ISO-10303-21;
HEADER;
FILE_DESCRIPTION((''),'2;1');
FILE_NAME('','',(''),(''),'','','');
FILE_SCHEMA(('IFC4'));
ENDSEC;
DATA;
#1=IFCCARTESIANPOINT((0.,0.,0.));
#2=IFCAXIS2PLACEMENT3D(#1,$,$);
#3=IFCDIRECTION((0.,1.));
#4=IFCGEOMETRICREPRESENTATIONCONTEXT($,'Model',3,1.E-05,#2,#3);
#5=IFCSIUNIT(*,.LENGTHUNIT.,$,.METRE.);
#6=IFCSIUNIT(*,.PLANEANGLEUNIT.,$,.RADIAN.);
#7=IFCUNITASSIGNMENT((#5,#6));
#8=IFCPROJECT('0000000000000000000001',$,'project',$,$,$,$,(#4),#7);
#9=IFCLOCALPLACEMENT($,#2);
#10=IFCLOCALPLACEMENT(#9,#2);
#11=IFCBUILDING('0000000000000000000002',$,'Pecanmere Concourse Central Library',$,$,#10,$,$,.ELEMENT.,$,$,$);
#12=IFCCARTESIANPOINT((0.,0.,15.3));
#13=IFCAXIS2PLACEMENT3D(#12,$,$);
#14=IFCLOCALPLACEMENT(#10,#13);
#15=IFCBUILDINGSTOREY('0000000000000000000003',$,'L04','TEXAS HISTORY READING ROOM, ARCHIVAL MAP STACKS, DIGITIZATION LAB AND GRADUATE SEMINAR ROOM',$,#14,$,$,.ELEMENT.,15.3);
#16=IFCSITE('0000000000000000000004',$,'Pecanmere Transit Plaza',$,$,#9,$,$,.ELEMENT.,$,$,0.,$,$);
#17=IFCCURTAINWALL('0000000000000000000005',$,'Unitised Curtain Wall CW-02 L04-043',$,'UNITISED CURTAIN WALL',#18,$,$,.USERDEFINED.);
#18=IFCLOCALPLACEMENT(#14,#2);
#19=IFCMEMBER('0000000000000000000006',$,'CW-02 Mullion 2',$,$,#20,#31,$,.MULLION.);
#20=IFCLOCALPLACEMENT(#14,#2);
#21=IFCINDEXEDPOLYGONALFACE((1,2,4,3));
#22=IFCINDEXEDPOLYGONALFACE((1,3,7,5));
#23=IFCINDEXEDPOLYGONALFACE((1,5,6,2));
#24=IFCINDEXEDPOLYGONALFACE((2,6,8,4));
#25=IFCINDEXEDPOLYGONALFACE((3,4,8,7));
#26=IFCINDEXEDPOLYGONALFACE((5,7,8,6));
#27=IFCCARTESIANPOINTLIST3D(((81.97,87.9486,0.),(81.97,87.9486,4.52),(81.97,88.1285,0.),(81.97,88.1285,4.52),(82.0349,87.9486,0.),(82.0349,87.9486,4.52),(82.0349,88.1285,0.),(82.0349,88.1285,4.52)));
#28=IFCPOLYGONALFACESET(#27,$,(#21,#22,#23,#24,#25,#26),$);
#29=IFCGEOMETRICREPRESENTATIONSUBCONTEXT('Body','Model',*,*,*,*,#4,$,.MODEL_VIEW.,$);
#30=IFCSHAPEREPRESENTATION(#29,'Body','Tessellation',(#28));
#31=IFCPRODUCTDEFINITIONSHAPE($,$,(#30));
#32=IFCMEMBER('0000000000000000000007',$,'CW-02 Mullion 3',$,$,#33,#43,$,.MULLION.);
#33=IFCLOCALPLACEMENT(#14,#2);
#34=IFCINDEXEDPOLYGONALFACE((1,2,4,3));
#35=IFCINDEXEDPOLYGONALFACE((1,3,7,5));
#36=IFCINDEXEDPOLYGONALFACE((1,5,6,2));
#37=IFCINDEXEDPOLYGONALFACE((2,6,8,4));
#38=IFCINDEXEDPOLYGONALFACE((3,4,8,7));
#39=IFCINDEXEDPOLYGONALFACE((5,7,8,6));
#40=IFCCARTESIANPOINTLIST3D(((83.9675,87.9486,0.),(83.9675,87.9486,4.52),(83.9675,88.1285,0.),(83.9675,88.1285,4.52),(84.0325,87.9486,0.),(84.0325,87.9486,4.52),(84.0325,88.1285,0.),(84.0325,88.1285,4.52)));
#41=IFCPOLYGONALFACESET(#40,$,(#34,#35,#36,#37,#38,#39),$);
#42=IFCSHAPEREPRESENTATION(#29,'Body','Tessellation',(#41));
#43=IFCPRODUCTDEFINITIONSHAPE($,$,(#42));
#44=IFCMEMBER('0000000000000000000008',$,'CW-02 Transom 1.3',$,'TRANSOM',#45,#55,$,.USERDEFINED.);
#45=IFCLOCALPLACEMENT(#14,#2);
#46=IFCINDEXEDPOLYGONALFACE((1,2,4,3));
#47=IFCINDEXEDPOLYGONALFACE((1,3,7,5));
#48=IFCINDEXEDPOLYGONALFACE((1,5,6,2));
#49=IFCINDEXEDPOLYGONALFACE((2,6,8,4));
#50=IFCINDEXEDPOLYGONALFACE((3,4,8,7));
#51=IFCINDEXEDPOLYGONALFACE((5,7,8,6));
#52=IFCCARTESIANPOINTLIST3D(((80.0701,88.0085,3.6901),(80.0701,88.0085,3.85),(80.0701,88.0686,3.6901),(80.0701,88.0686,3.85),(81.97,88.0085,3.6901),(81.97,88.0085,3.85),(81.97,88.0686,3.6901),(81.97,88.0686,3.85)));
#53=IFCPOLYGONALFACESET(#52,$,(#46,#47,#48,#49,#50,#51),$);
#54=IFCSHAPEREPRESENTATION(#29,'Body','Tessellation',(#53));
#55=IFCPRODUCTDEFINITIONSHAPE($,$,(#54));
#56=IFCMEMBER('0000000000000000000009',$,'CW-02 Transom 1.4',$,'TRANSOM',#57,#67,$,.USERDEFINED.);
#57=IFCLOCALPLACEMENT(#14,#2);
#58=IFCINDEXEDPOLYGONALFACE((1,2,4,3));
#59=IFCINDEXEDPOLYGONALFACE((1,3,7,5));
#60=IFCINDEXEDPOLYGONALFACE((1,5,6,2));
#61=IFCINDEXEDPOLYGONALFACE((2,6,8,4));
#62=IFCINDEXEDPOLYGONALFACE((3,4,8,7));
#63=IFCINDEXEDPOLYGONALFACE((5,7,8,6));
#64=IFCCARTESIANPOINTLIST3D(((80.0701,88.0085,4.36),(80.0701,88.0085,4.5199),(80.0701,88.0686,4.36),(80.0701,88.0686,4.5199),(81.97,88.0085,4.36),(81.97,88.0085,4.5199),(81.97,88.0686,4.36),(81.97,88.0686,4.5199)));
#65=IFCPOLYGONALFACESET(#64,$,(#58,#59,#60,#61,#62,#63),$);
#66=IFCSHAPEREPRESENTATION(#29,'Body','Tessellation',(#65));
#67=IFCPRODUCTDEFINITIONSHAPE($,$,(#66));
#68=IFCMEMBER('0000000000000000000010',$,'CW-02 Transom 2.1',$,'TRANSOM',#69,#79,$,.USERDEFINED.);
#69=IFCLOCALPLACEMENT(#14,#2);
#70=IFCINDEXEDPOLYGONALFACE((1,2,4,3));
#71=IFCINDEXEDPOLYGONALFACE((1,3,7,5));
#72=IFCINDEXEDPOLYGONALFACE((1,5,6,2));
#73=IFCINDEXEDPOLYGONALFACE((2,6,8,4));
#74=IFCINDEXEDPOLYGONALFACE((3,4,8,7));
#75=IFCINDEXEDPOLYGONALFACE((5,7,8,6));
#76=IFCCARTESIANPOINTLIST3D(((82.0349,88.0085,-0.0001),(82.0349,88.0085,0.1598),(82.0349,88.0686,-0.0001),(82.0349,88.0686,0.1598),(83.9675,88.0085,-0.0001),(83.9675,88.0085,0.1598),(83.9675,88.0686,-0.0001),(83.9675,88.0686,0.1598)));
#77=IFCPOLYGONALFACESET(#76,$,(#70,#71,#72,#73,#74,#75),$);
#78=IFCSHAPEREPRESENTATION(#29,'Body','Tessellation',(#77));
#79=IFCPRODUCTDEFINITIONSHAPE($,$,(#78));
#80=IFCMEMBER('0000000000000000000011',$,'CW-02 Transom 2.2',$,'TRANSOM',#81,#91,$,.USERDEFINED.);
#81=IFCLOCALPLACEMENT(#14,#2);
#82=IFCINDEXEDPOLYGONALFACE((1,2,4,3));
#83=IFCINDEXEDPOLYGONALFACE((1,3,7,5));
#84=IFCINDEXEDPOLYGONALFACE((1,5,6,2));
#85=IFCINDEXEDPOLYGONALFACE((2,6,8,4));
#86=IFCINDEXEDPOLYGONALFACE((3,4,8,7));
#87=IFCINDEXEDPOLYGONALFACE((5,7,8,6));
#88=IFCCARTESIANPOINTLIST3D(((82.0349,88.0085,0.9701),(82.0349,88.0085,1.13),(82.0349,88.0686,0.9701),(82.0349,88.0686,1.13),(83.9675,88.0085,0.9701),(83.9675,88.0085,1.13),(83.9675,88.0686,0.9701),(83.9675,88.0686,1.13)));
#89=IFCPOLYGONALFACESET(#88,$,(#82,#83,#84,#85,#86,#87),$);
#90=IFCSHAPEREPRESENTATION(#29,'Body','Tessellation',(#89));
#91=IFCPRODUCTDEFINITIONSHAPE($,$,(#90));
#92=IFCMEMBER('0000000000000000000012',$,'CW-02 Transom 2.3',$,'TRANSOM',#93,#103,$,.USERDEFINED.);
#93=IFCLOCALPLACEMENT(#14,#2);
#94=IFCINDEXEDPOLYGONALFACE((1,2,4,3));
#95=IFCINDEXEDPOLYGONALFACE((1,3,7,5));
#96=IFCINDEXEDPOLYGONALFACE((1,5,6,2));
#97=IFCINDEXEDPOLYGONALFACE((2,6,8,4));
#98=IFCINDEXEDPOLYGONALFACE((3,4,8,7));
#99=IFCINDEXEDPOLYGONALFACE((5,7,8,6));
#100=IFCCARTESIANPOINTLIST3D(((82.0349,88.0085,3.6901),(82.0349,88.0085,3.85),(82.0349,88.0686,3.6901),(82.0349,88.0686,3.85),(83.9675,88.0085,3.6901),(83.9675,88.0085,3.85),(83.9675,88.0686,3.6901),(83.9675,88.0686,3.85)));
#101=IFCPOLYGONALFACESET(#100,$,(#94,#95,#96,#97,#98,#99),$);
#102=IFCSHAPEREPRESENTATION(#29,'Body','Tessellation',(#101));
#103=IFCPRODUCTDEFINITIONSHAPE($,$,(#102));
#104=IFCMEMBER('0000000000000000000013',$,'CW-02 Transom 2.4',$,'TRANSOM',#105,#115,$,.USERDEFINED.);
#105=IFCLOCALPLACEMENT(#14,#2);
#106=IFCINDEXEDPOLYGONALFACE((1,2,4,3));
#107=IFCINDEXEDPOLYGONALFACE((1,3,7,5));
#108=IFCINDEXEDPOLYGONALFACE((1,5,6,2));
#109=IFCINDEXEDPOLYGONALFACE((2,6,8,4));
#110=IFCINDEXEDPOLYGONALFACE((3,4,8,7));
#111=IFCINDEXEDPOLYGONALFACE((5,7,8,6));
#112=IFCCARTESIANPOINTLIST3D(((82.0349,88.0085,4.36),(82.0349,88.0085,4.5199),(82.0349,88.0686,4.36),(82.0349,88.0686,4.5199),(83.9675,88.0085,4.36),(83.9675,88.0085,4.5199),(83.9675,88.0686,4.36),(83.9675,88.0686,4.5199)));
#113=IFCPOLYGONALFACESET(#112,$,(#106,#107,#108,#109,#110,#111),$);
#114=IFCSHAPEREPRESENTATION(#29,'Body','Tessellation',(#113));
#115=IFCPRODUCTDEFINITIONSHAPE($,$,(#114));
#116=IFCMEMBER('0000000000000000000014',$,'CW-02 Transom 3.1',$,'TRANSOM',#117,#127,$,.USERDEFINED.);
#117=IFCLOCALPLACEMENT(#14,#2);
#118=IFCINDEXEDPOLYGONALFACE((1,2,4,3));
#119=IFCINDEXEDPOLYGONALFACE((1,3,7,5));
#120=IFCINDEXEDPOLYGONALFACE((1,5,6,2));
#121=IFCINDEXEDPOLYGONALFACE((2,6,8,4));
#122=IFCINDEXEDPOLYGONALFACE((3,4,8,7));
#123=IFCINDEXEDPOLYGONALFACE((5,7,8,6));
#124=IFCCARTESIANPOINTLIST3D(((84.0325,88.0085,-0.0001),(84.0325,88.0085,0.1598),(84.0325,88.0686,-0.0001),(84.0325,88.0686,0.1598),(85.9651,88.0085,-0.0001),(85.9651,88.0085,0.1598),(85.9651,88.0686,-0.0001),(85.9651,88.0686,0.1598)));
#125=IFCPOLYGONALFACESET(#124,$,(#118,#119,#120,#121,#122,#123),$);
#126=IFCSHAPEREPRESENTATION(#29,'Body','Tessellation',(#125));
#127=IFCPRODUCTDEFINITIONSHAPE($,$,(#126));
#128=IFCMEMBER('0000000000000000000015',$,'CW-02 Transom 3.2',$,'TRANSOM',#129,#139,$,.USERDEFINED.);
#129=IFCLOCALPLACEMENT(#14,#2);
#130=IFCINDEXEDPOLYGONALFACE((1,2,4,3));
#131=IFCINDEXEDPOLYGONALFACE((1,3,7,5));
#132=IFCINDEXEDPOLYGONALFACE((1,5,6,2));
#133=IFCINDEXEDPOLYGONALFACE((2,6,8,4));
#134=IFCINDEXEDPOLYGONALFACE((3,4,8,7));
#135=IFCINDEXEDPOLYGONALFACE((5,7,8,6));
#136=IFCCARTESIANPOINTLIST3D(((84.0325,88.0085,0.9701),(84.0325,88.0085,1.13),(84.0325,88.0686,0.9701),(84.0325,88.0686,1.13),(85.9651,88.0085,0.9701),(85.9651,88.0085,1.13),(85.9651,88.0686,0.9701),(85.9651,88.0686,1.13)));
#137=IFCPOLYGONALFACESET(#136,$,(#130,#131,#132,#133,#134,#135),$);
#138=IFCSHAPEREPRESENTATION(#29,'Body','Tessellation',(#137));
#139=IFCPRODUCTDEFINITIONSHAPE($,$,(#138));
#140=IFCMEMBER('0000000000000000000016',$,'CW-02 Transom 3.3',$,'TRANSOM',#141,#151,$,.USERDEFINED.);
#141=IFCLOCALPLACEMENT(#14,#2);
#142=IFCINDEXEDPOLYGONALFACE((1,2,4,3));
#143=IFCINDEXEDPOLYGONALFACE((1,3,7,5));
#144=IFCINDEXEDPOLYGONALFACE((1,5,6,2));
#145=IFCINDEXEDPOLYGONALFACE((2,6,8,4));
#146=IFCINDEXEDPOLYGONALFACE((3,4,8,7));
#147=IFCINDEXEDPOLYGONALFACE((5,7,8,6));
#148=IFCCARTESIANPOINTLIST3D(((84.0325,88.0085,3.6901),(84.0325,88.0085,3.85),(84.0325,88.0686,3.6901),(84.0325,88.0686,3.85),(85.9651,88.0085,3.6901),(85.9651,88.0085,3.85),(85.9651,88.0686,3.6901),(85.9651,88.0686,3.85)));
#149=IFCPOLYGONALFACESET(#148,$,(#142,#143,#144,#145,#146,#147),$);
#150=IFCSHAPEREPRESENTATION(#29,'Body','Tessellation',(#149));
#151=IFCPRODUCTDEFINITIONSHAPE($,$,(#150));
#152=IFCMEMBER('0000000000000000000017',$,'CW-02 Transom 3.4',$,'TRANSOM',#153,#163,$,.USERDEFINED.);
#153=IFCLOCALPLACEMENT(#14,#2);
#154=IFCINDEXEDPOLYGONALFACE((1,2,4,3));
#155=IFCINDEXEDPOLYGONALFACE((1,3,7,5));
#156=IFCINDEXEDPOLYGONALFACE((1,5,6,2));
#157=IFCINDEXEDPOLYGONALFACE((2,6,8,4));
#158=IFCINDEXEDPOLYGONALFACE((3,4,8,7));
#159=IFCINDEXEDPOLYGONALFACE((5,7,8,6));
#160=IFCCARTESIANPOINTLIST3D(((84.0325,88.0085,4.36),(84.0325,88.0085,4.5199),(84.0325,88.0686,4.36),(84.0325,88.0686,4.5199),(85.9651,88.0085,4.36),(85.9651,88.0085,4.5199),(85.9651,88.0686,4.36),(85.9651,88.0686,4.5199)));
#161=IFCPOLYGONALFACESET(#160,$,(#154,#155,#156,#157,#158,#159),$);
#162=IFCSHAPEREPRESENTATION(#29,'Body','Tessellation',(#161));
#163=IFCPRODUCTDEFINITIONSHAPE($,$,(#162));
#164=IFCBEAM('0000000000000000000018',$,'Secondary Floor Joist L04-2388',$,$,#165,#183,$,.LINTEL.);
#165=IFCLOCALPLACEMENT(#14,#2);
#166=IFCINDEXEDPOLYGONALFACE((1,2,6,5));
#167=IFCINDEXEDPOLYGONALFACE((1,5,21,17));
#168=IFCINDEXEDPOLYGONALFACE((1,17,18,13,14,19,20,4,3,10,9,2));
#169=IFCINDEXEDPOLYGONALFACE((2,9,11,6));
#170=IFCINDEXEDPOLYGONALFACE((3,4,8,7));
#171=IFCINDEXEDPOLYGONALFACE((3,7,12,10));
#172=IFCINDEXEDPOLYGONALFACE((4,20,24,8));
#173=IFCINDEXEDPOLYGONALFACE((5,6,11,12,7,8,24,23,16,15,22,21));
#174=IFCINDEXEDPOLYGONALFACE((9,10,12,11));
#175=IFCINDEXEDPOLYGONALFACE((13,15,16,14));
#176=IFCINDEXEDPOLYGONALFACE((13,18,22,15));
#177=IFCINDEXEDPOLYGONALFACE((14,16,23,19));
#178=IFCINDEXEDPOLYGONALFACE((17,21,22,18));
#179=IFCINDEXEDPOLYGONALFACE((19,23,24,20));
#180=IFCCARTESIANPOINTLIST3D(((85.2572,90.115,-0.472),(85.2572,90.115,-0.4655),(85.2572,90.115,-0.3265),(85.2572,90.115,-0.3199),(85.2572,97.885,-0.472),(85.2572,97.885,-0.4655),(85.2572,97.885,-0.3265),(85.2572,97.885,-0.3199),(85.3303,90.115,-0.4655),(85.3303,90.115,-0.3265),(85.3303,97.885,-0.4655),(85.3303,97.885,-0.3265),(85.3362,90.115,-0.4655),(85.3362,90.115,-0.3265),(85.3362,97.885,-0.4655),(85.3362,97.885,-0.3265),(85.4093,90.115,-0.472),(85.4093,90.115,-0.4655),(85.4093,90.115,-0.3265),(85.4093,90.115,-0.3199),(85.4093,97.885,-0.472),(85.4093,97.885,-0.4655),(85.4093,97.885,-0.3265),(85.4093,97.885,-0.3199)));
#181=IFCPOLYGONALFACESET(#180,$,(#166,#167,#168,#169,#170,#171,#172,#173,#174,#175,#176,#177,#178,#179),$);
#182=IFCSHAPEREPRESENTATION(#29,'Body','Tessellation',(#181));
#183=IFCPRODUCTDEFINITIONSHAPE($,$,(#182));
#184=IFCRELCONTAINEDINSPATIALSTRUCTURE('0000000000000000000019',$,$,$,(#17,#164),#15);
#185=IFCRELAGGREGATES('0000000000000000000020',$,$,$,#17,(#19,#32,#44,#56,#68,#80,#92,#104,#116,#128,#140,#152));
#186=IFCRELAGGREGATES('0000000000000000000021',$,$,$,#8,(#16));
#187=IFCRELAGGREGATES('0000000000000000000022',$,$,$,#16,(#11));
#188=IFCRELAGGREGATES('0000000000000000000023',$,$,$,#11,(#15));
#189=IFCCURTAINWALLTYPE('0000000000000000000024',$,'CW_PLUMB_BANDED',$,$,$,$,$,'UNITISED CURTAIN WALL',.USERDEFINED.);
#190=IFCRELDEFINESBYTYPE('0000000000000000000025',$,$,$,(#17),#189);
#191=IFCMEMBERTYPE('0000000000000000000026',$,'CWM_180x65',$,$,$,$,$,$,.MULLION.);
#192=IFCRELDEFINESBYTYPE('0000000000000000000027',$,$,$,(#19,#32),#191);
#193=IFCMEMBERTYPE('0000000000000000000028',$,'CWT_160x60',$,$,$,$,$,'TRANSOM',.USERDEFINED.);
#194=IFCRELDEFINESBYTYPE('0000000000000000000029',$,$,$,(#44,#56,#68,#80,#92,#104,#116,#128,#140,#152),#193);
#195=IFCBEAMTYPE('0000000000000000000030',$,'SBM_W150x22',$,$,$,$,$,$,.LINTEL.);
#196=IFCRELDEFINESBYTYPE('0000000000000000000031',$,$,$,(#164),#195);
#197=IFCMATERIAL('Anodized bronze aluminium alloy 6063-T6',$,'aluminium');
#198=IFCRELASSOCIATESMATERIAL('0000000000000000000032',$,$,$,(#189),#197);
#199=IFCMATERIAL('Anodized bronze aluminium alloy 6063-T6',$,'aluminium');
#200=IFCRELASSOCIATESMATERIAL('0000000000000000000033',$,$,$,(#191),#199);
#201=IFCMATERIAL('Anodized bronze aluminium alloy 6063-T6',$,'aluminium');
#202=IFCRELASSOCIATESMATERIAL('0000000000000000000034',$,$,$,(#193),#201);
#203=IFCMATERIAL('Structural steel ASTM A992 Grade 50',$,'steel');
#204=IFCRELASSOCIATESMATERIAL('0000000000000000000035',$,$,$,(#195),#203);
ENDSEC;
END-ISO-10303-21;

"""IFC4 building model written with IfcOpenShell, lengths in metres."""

from ifc_helpers import new_model, si_unit, direction, frame, origin, origin_2d, place, context, subcontext, project, spatial, rectangle, i_section, extrude, material, material_profile, profile_set, type_object, element, aggregate, save


model = new_model("IFC4")

# Units and contexts
model_context = context("Model", 3, precision=1e-05, world=origin(), true_north=direction((0.0, 1.0)))
body_context = subcontext(model_context, "Body", "Model", "MODEL_VIEW")
ifc_project = project(units=[si_unit("LENGTHUNIT", "METRE"), si_unit("PLANEANGLEUNIT", "RADIAN")], contexts=[model_context])

# Site, building, storey
site_placement = place(None, origin())
site = spatial("IfcSite", under=ifc_project, at=site_placement, Name="Pecanmere Transit Plaza", CompositionType="ELEMENT", RefElevation=0.0)
building_placement = place(site_placement, origin())
building = spatial("IfcBuilding", under=site, at=building_placement, Name="Pecanmere Concourse Central Library", CompositionType="ELEMENT")
storey_placement = place(building_placement, frame((0.0, 0.0, 15.3)))
storey = spatial("IfcBuildingStorey", under=building, at=storey_placement, Name="L04", Description="TEXAS HISTORY READING ROOM, ARCHIVAL MAP STACKS, DIGITIZATION LAB AND GRADUATE SEMINAR ROOM", CompositionType="ELEMENT", Elevation=15.3)

# Curtain wall, members
ifc_material_1 = material(Name="Anodized bronze aluminium alloy 6063-T6", Category="aluminium")
curtain_wall_type = type_object("IfcCurtainWallType", Name="CW_PLUMB_BANDED", ElementType="UNITISED CURTAIN WALL", PredefinedType="USERDEFINED", material=ifc_material_1)
curtain_wall_placement = place(storey_placement, origin())
curtain_wall = element("IfcCurtainWall", 1, at=curtain_wall_placement, inside=storey, type_object=curtain_wall_type, Name="Unitised Curtain Wall CW-02 L04-043", ObjectType="UNITISED CURTAIN WALL", PredefinedType="USERDEFINED")
ifc_material_2 = material(Name="Anodized bronze aluminium alloy 6063-T6", Category="aluminium")
ifc_material_profile_1 = material_profile(ifc_material_2, rectangle(XDim=0.0649, YDim=0.1799, at=origin_2d()), Name="AL 65x180")
ifc_profile_set_1 = profile_set([ifc_material_profile_1], Name="Anodized bronze aluminium alloy 6063-T6")
member_type_1 = type_object("IfcMemberType", Name="CWM_180x65", PredefinedType="MULLION", material=ifc_profile_set_1)
member_1_placement = place(storey_placement, frame((82.0024, 88.0386, 0.0), z_axis=(0.0, 0.0, 1.0), x_axis=(1.0, 0.0, 0.0)))
member_1 = element("IfcMember", 2, at=member_1_placement, type_object=member_type_1, Name="CW-02 Mullion 2", PredefinedType="MULLION", context=body_context, shape_type="SweptSolid", body=[
    extrude(rectangle(XDim=0.0649, YDim=0.1799, at=origin_2d()), origin(), (0.0, 0.0, 1.0), 4.52),
])
member_2_placement = place(storey_placement, frame((84.0, 88.0386, 0.0), z_axis=(0.0, 0.0, 1.0), x_axis=(1.0, 0.0, 0.0)))
member_2 = element("IfcMember", 3, at=member_2_placement, type_object=member_type_1, Name="CW-02 Mullion 3", PredefinedType="MULLION", context=body_context, shape_type="SweptSolid", body=[
    extrude(rectangle(XDim=0.0649, YDim=0.1799, at=origin_2d()), origin(), (0.0, 0.0, 1.0), 4.52),
])
ifc_material_3 = material(Name="Anodized bronze aluminium alloy 6063-T6", Category="aluminium")
ifc_material_profile_2 = material_profile(ifc_material_3, rectangle(XDim=0.0601, YDim=0.1599, at=origin_2d()), Name="AL 60x160")
ifc_profile_set_2 = profile_set([ifc_material_profile_2], Name="Anodized bronze aluminium alloy 6063-T6")
member_type_2 = type_object("IfcMemberType", Name="CWT_160x60", ElementType="TRANSOM", PredefinedType="USERDEFINED", material=ifc_profile_set_2)
member_3_placement = place(storey_placement, frame((80.0701, 88.0386, 3.77), z_axis=(1.0, 0.0, 0.0), x_axis=(0.0, 1.0, 0.0)))
member_3 = element("IfcMember", 4, at=member_3_placement, type_object=member_type_2, Name="CW-02 Transom 1.3", ObjectType="TRANSOM", PredefinedType="USERDEFINED", context=body_context, shape_type="SweptSolid", body=[
    extrude(rectangle(XDim=0.0601, YDim=0.1599, at=origin_2d()), origin(), (0.0, 0.0, 1.0), 1.8999),
])
member_4_placement = place(storey_placement, frame((80.0701, 88.0386, 4.4399), z_axis=(1.0, 0.0, 0.0), x_axis=(0.0, 1.0, 0.0)))
member_4 = element("IfcMember", 5, at=member_4_placement, type_object=member_type_2, Name="CW-02 Transom 1.4", ObjectType="TRANSOM", PredefinedType="USERDEFINED", context=body_context, shape_type="SweptSolid", body=[
    extrude(rectangle(XDim=0.0601, YDim=0.1599, at=origin_2d()), origin(), (0.0, 0.0, 1.0), 1.8999),
])
member_5_placement = place(storey_placement, frame((82.0349, 88.0386, 0.0798), z_axis=(1.0, 0.0, 0.0), x_axis=(0.0, 1.0, 0.0)))
member_5 = element("IfcMember", 6, at=member_5_placement, type_object=member_type_2, Name="CW-02 Transom 2.1", ObjectType="TRANSOM", PredefinedType="USERDEFINED", context=body_context, shape_type="SweptSolid", body=[
    extrude(rectangle(XDim=0.0601, YDim=0.1599, at=origin_2d()), origin(), (0.0, 0.0, 1.0), 1.9326),
])
member_6_placement = place(storey_placement, frame((82.0349, 88.0386, 1.05), z_axis=(1.0, 0.0, 0.0), x_axis=(0.0, 1.0, 0.0)))
member_6 = element("IfcMember", 7, at=member_6_placement, type_object=member_type_2, Name="CW-02 Transom 2.2", ObjectType="TRANSOM", PredefinedType="USERDEFINED", context=body_context, shape_type="SweptSolid", body=[
    extrude(rectangle(XDim=0.0601, YDim=0.1599, at=origin_2d()), origin(), (0.0, 0.0, 1.0), 1.9326),
])
member_7_placement = place(storey_placement, frame((82.0349, 88.0386, 3.77), z_axis=(1.0, 0.0, 0.0), x_axis=(0.0, 1.0, 0.0)))
member_7 = element("IfcMember", 8, at=member_7_placement, type_object=member_type_2, Name="CW-02 Transom 2.3", ObjectType="TRANSOM", PredefinedType="USERDEFINED", context=body_context, shape_type="SweptSolid", body=[
    extrude(rectangle(XDim=0.0601, YDim=0.1599, at=origin_2d()), origin(), (0.0, 0.0, 1.0), 1.9326),
])
member_8_placement = place(storey_placement, frame((82.0349, 88.0386, 4.4399), z_axis=(1.0, 0.0, 0.0), x_axis=(0.0, 1.0, 0.0)))
member_8 = element("IfcMember", 9, at=member_8_placement, type_object=member_type_2, Name="CW-02 Transom 2.4", ObjectType="TRANSOM", PredefinedType="USERDEFINED", context=body_context, shape_type="SweptSolid", body=[
    extrude(rectangle(XDim=0.0601, YDim=0.1599, at=origin_2d()), origin(), (0.0, 0.0, 1.0), 1.9326),
])
member_9_placement = place(storey_placement, frame((84.0325, 88.0386, 0.0798), z_axis=(1.0, 0.0, 0.0), x_axis=(0.0, 1.0, 0.0)))
member_9 = element("IfcMember", 10, at=member_9_placement, type_object=member_type_2, Name="CW-02 Transom 3.1", ObjectType="TRANSOM", PredefinedType="USERDEFINED", context=body_context, shape_type="SweptSolid", body=[
    extrude(rectangle(XDim=0.0601, YDim=0.1599, at=origin_2d()), origin(), (0.0, 0.0, 1.0), 1.9326),
])
member_10_placement = place(storey_placement, frame((84.0325, 88.0386, 1.05), z_axis=(1.0, 0.0, 0.0), x_axis=(0.0, 1.0, 0.0)))
member_10 = element("IfcMember", 11, at=member_10_placement, type_object=member_type_2, Name="CW-02 Transom 3.2", ObjectType="TRANSOM", PredefinedType="USERDEFINED", context=body_context, shape_type="SweptSolid", body=[
    extrude(rectangle(XDim=0.0601, YDim=0.1599, at=origin_2d()), origin(), (0.0, 0.0, 1.0), 1.9326),
])
member_11_placement = place(storey_placement, frame((84.0325, 88.0386, 3.77), z_axis=(1.0, 0.0, 0.0), x_axis=(0.0, 1.0, 0.0)))
member_11 = element("IfcMember", 12, at=member_11_placement, type_object=member_type_2, Name="CW-02 Transom 3.3", ObjectType="TRANSOM", PredefinedType="USERDEFINED", context=body_context, shape_type="SweptSolid", body=[
    extrude(rectangle(XDim=0.0601, YDim=0.1599, at=origin_2d()), origin(), (0.0, 0.0, 1.0), 1.9326),
])
member_12_placement = place(storey_placement, frame((84.0325, 88.0386, 4.4399), z_axis=(1.0, 0.0, 0.0), x_axis=(0.0, 1.0, 0.0)))
member_12 = element("IfcMember", 13, at=member_12_placement, type_object=member_type_2, Name="CW-02 Transom 3.4", ObjectType="TRANSOM", PredefinedType="USERDEFINED", context=body_context, shape_type="SweptSolid", body=[
    extrude(rectangle(XDim=0.0601, YDim=0.1599, at=origin_2d()), origin(), (0.0, 0.0, 1.0), 1.9326),
])

# Beam
ifc_material_4 = material(Name="Structural steel ASTM A992 Grade 50", Category="steel")
ifc_material_profile_3 = material_profile(ifc_material_4, i_section(OverallWidth=0.1521, OverallDepth=0.1521, WebThickness=0.0059, FlangeThickness=0.0066, at=origin_2d()), Name="W150x22.5")
ifc_profile_set_3 = profile_set([ifc_material_profile_3], Name="Structural steel ASTM A992 Grade 50")
beam_type_1 = type_object("IfcBeamType", Name="SBM_W150x22", PredefinedType="LINTEL", material=ifc_profile_set_3)
beam_1_placement = place(storey_placement, frame((85.3333, 90.115, -0.396), z_axis=(0.0, 1.0, 0.0), x_axis=(-1.0, 0.0, 0.0)))
element("IfcBeam", 14, at=beam_1_placement, inside=storey, type_object=beam_type_1, Name="Secondary Floor Joist L04-2388", PredefinedType="LINTEL", context=body_context, shape_type="SweptSolid", body=[
    extrude(i_section(OverallWidth=0.1521, OverallDepth=0.1521, WebThickness=0.0059, FlangeThickness=0.0066, at=origin_2d()), origin(), (0.0, 0.0, 1.0), 7.77),
])

aggregate(curtain_wall, [member_1, member_2, member_3, member_4, member_5, member_6, member_7, member_8, member_9, member_10, member_11, member_12])

save(model, "model.ifc")
